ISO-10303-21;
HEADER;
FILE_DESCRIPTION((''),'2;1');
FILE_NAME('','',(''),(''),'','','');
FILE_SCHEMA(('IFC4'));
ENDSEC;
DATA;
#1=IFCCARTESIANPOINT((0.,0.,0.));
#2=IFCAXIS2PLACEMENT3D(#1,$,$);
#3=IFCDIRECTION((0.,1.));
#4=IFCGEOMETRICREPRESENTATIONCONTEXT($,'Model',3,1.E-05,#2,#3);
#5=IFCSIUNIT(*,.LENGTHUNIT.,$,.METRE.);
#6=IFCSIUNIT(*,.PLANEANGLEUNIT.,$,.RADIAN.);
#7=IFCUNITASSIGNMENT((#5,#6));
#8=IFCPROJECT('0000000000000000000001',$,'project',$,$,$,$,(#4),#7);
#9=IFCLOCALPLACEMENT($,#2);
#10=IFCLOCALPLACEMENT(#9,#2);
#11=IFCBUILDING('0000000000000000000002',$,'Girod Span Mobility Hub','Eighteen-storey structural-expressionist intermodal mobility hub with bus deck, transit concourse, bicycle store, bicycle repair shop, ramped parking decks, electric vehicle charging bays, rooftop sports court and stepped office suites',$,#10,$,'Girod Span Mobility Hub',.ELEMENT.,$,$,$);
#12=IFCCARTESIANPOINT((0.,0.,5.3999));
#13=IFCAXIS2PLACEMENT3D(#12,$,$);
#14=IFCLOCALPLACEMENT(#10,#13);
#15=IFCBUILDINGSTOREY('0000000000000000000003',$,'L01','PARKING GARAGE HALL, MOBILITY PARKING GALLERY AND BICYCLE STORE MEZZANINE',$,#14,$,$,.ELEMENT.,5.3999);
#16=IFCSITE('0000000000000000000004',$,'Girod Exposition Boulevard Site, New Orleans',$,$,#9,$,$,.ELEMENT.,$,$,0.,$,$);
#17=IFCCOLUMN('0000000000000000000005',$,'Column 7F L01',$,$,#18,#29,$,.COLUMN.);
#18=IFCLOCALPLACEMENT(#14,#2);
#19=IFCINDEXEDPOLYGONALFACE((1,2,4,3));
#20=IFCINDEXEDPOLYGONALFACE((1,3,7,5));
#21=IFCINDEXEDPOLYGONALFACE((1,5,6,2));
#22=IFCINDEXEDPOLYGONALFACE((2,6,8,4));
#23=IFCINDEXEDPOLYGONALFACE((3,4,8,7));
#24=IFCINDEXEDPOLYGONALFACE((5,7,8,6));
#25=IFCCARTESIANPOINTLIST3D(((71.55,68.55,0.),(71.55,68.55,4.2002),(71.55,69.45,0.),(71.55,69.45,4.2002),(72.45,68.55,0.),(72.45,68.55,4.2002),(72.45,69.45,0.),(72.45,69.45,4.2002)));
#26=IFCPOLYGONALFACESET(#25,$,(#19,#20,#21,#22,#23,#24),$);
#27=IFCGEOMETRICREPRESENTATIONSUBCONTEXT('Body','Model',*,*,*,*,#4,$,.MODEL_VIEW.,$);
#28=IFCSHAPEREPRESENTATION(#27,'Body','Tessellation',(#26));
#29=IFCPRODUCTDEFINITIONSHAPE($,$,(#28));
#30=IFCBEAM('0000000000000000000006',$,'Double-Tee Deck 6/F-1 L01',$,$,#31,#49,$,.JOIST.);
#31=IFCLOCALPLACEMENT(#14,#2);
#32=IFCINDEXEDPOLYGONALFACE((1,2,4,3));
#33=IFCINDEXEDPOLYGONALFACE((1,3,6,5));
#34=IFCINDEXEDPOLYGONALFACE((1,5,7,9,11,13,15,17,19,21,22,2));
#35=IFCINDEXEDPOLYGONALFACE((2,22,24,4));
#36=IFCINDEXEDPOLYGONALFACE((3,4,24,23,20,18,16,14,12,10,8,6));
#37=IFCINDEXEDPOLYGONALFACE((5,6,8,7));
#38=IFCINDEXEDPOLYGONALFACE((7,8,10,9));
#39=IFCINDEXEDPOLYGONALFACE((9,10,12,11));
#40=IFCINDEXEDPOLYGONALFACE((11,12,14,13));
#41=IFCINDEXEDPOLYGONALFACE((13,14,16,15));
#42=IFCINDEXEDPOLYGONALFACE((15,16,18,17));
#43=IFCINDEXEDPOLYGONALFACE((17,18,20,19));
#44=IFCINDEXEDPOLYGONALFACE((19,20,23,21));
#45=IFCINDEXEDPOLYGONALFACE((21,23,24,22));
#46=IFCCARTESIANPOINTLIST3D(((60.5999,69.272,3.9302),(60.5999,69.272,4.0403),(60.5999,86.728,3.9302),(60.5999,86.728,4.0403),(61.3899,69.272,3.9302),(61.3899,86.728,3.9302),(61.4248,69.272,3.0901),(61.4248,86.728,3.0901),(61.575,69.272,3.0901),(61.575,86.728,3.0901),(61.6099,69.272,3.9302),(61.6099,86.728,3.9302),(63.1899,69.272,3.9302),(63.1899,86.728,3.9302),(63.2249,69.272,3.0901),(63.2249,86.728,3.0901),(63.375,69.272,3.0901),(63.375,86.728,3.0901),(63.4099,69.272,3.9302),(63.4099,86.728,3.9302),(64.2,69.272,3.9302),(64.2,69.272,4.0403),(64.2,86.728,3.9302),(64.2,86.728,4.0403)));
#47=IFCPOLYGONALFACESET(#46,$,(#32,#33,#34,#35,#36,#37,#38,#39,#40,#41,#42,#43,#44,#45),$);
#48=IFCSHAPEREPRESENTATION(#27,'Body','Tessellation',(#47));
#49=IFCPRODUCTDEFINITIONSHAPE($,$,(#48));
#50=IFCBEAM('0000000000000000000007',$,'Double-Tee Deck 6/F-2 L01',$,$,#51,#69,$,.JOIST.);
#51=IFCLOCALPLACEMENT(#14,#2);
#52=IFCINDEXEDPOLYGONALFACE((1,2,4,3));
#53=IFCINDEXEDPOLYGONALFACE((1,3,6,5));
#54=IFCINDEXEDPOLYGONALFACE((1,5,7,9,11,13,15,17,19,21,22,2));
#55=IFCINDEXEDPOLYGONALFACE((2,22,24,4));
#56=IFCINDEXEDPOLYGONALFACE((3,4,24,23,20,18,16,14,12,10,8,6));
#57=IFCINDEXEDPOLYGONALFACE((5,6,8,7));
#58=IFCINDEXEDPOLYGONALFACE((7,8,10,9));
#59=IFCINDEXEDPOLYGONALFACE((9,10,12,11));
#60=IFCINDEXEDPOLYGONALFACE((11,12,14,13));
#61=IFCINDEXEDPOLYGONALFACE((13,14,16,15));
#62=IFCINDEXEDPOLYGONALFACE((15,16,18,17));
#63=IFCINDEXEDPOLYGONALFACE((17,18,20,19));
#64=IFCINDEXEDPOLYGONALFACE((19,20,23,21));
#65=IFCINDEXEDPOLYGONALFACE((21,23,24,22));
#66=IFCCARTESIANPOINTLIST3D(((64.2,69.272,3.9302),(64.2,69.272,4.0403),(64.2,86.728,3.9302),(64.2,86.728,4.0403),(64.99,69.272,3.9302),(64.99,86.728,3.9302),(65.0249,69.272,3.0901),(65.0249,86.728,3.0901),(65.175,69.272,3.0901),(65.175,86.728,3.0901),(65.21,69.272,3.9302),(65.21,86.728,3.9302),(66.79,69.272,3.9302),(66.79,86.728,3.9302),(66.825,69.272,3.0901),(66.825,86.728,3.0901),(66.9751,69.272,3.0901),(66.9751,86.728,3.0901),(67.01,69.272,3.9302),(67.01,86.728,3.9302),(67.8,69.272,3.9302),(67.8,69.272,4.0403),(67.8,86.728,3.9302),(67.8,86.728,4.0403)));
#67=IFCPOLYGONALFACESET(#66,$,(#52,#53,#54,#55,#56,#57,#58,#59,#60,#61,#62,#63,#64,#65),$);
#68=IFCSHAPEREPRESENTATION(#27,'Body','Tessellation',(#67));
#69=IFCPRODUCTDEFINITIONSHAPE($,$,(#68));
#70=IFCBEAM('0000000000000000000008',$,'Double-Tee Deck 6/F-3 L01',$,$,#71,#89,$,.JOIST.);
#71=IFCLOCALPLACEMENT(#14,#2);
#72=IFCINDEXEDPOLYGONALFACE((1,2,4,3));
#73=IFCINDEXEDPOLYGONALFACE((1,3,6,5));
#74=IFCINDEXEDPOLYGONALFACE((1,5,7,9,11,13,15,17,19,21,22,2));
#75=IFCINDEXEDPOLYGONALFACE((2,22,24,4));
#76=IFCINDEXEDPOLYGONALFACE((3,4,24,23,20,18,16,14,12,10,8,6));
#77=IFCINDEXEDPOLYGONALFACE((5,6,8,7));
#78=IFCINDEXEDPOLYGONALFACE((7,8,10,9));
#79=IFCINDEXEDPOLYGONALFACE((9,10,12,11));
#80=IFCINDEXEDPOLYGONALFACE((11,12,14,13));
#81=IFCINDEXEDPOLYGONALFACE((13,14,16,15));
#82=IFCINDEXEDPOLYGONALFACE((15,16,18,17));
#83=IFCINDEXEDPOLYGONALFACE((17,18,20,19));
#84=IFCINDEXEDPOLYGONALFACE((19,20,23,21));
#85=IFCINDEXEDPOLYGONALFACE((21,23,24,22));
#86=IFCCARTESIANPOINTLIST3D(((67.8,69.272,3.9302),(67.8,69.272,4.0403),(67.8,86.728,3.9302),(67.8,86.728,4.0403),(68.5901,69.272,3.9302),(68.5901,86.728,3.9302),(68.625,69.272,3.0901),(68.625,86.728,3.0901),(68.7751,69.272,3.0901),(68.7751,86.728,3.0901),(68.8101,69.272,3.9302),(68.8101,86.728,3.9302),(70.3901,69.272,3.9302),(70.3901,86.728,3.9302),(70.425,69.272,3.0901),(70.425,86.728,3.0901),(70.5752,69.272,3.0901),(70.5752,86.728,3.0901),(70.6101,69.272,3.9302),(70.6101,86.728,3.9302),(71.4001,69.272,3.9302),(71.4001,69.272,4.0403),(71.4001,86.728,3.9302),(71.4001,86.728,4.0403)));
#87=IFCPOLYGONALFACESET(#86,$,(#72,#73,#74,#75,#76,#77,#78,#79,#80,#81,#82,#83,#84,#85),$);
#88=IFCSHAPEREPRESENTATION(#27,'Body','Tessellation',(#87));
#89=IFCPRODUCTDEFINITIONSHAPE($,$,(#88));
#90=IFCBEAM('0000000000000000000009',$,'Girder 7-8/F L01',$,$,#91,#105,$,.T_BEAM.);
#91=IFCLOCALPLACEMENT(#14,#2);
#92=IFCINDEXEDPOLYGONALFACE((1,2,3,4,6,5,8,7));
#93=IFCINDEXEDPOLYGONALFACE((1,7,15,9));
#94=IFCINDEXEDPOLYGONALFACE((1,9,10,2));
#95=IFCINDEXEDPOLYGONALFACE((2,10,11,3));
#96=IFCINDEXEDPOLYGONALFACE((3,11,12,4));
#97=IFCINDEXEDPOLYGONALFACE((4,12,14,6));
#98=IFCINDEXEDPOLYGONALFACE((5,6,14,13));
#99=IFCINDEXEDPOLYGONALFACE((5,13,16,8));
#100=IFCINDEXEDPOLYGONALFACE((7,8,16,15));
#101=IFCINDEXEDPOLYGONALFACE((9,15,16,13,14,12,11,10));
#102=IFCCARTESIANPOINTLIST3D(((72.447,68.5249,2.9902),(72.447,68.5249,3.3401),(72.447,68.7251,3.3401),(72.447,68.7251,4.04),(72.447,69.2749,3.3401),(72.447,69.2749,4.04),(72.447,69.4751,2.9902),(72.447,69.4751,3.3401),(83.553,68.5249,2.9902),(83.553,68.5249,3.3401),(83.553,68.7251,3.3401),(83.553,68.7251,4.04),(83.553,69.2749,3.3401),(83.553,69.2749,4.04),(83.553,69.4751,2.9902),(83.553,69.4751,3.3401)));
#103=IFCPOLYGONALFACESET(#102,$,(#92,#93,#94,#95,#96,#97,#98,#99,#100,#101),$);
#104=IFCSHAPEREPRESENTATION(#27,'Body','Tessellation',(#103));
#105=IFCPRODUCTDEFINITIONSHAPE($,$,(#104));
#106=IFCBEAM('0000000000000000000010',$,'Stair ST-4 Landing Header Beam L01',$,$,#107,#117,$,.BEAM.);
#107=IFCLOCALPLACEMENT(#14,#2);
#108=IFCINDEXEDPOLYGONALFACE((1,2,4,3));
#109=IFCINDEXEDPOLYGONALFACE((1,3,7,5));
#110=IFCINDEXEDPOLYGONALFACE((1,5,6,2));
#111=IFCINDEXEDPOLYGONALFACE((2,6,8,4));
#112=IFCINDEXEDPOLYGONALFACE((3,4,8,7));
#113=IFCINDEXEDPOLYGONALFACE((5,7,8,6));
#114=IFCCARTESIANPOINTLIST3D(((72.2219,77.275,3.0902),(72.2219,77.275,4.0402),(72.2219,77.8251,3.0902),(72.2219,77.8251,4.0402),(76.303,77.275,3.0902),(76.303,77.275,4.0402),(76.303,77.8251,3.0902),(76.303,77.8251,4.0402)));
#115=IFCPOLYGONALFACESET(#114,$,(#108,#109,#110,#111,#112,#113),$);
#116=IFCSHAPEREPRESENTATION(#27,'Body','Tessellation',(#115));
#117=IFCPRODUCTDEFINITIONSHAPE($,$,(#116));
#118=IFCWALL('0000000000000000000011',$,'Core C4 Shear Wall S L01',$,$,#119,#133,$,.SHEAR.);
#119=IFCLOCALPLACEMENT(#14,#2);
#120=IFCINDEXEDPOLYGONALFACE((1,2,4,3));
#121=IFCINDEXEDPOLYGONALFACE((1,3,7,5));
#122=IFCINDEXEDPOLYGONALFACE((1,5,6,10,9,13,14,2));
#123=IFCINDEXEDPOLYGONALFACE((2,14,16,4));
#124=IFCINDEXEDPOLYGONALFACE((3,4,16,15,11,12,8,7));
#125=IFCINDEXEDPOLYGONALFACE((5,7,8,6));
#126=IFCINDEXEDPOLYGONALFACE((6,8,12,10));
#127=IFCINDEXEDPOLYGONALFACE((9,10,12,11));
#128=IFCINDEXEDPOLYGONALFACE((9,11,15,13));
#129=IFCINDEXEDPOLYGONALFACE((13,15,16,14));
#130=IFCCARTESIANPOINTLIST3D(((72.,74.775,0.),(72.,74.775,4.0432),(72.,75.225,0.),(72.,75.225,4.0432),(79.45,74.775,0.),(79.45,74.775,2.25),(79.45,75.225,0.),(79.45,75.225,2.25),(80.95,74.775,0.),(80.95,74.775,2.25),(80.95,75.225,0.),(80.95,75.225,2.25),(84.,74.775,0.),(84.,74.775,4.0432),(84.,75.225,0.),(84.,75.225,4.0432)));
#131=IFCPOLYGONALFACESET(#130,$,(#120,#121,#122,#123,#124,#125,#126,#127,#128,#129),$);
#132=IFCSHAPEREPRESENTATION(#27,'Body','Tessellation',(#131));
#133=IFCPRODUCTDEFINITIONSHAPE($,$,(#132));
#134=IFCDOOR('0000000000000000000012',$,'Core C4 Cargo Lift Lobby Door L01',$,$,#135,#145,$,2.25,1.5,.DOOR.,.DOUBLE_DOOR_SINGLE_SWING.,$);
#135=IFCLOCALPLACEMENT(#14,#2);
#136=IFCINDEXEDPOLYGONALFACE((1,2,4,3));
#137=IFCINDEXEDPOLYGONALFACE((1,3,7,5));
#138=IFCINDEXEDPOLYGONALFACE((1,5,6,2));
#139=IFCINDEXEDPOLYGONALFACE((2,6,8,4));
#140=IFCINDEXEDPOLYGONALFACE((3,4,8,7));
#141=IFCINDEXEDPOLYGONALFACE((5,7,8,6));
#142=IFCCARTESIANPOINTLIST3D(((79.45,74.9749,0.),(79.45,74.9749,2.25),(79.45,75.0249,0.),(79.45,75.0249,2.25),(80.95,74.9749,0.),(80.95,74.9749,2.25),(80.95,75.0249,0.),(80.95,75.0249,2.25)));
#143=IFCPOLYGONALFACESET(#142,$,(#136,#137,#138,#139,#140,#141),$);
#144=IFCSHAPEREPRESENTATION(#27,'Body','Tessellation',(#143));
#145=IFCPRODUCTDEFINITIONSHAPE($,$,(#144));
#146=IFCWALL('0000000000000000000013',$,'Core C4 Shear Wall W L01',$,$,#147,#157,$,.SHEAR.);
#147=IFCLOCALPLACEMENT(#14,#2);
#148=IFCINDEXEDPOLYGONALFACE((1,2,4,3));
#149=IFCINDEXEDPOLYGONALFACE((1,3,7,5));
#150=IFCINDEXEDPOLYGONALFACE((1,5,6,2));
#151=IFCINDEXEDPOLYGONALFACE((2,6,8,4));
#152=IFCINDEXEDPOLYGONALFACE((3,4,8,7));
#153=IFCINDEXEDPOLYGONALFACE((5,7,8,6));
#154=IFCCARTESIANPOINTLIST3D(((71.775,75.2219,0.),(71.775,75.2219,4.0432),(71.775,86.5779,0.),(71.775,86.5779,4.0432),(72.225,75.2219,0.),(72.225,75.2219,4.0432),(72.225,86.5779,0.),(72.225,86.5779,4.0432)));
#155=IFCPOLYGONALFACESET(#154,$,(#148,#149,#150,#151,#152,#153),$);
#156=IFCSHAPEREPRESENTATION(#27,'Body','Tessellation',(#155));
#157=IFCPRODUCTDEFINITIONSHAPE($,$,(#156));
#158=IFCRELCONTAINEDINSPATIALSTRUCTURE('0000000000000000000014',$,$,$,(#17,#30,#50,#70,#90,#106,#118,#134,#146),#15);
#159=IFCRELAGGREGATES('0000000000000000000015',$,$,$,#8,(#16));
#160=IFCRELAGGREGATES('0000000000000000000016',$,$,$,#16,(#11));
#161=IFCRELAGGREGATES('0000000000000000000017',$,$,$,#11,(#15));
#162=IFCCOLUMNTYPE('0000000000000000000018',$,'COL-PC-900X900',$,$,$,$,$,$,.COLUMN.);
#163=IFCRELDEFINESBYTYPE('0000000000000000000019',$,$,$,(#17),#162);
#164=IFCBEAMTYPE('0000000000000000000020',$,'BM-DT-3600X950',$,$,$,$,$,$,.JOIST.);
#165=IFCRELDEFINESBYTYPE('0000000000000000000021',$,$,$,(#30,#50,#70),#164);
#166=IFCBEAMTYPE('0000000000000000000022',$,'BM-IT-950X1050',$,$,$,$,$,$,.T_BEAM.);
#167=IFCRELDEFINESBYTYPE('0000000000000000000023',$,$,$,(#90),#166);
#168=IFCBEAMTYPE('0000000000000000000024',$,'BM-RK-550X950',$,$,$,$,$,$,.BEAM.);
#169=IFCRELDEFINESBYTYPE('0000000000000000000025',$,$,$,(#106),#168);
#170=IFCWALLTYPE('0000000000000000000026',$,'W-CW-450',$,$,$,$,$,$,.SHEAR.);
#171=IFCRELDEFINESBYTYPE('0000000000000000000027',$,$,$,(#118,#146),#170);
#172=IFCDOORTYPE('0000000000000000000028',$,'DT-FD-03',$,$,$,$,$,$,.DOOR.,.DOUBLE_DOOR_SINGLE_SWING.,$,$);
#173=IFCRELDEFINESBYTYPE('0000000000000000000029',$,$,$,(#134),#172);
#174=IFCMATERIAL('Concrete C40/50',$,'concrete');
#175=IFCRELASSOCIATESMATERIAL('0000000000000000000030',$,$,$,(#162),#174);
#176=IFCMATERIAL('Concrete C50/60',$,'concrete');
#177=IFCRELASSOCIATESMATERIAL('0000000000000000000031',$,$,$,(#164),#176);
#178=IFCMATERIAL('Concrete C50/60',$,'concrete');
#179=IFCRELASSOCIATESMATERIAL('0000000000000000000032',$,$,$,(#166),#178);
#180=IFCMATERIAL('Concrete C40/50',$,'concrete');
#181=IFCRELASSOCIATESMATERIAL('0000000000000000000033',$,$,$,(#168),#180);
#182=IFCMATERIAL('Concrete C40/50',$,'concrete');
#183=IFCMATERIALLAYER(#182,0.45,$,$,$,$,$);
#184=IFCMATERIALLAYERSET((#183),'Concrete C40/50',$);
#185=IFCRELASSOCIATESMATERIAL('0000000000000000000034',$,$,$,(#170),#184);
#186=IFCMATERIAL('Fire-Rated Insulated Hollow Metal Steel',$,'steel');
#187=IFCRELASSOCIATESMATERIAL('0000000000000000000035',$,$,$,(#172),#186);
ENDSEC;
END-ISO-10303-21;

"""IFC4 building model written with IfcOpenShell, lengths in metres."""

from ifc_helpers import new_model, si_unit, direction, frame, frame_2d, origin, origin_2d, place, context, subcontext, project, spatial, polyline, rectangle, outline, extrude, material, layer, layer_set, material_profile, profile_set, type_object, element, fill, save


model = new_model("IFC4")

# Units and contexts
model_context = context("Model", 3, precision=1e-05, world=origin(), true_north=direction((0.0, 1.0)))
body_context = subcontext(model_context, "Body", "Model", "MODEL_VIEW")
ifc_project = project(units=[si_unit("LENGTHUNIT", "METRE"), si_unit("PLANEANGLEUNIT", "RADIAN")], contexts=[model_context])

# Site, building, storey
site_placement = place(None, origin())
site = spatial("IfcSite", under=ifc_project, at=site_placement, Name="Girod Exposition Boulevard Site, New Orleans", CompositionType="ELEMENT", RefElevation=0.0)
building_placement = place(site_placement, origin())
building = spatial("IfcBuilding", under=site, at=building_placement, Name="Girod Span Mobility Hub", Description="Eighteen-storey structural-expressionist intermodal mobility hub with bus deck, transit concourse, bicycle store, bicycle repair shop, ramped parking decks, electric vehicle charging bays, rooftop sports court and stepped office suites", LongName="Girod Span Mobility Hub", CompositionType="ELEMENT")
storey_placement = place(building_placement, frame((0.0, 0.0, 5.3999)))
storey = spatial("IfcBuildingStorey", under=building, at=storey_placement, Name="L01", Description="PARKING GARAGE HALL, MOBILITY PARKING GALLERY AND BICYCLE STORE MEZZANINE", CompositionType="ELEMENT", Elevation=5.3999)

# Column
ifc_material_1 = material(Name="Concrete C40/50", Category="concrete")
ifc_material_profile_1 = material_profile(ifc_material_1, rectangle(XDim=0.8999, YDim=0.8999, at=origin_2d()), Name="PC-COL-900X900")
ifc_profile_set_1 = profile_set([ifc_material_profile_1], Name="Concrete C40/50")
column_type = type_object("IfcColumnType", Name="COL-PC-900X900", PredefinedType="COLUMN", material=ifc_profile_set_1)
column_placement = place(storey_placement, frame((72.0, 69.0, 0.0), z_axis=(0.0, 0.0, 1.0), x_axis=(1.0, 0.0, 0.0)))
element("IfcColumn", 1, at=column_placement, inside=storey, type_object=column_type, Name="Column 7F L01", PredefinedType="COLUMN", context=body_context, shape_type="SweptSolid", body=[
    extrude(rectangle(XDim=0.8999, YDim=0.8999, at=origin_2d()), origin(), (0.0, 0.0, 1.0), 4.2002),
])

# Beams
ifc_material_2 = material(Name="Concrete C50/60", Category="concrete")
ifc_material_profile_2 = material_profile(ifc_material_2, outline(polyline([(-1.8, 0.4751), (-1.8, 0.365), (-1.01, 0.365), (-0.9751, -0.4751), (-0.825, -0.4751), (-0.79, 0.365), (0.79, 0.365), (0.825, -0.4751), (0.9751, -0.4751), (1.01, 0.365), (1.8, 0.365), (1.8, 0.4751), (-1.8, 0.4751)])), Name="DT-3600X950")
ifc_profile_set_2 = profile_set([ifc_material_profile_2], Name="Concrete C50/60")
beam_type_1 = type_object("IfcBeamType", Name="BM-DT-3600X950", PredefinedType="JOIST", material=ifc_profile_set_2)
for number, where, z_axis, x_axis, name in (
    (2, (62.3999, 69.272, 3.5652), (0.0, 1.0, 0.0), (-1.0, 0.0, 0.0), "Double-Tee Deck 6/F-1 L01"),
    (3, (66.0, 69.272, 3.5652), (0.0, 1.0, 0.0), (-1.0, 0.0, 0.0), "Double-Tee Deck 6/F-2 L01"),
    (4, (69.6001, 69.272, 3.5652), (0.0, 1.0, 0.0), (-1.0, 0.0, 0.0), "Double-Tee Deck 6/F-3 L01"),
):
    element("IfcBeam", number, at=place(storey_placement, frame(where, z_axis=z_axis, x_axis=x_axis)), inside=storey, type_object=beam_type_1, Name=name, PredefinedType="JOIST", context=body_context, shape_type="SweptSolid", body=[
        extrude(outline(polyline([(-1.8, 0.4751), (-1.8, 0.365), (-1.01, 0.365), (-0.9751, -0.4751), (-0.825, -0.4751), (-0.79, 0.365), (0.79, 0.365), (0.825, -0.4751), (0.9751, -0.4751), (1.01, 0.365), (1.8, 0.365), (1.8, 0.4751), (-1.8, 0.4751)])), origin(), (0.0, 0.0, 1.0), 17.4561),
    ])
ifc_material_3 = material(Name="Concrete C50/60", Category="concrete")
ifc_material_profile_3 = material_profile(ifc_material_3, outline(polyline([(-0.4751, -0.5249), (0.4751, -0.5249), (0.4751, -0.175), (0.2749, -0.175), (0.2749, 0.5249), (-0.2749, 0.5249), (-0.2749, -0.175), (-0.4751, -0.175), (-0.4751, -0.5249)])), Name="IT-950X1050")
ifc_profile_set_3 = profile_set([ifc_material_profile_3], Name="Concrete C50/60")
beam_type_2 = type_object("IfcBeamType", Name="BM-IT-950X1050", PredefinedType="T_BEAM", material=ifc_profile_set_3)
beam_1_placement = place(storey_placement, frame((72.447, 69.0, 3.5151), z_axis=(1.0, 0.0, 0.0), x_axis=(0.0, 1.0, 0.0)))
element("IfcBeam", 5, at=beam_1_placement, inside=storey, type_object=beam_type_2, Name="Girder 7-8/F L01", PredefinedType="T_BEAM", context=body_context, shape_type="SweptSolid", body=[
    extrude(outline(polyline([(-0.4751, -0.5249), (0.4751, -0.5249), (0.4751, -0.175), (0.2749, -0.175), (0.2749, 0.5249), (-0.2749, 0.5249), (-0.2749, -0.175), (-0.4751, -0.175), (-0.4751, -0.5249)])), origin(), (0.0, 0.0, 1.0), 11.106),
])
ifc_material_4 = material(Name="Concrete C40/50", Category="concrete")
ifc_material_profile_4 = material_profile(ifc_material_4, rectangle(XDim=0.55, YDim=0.95, at=origin_2d()), Name="RK-550X950")
ifc_profile_set_4 = profile_set([ifc_material_profile_4], Name="Concrete C40/50")
beam_type_3 = type_object("IfcBeamType", Name="BM-RK-550X950", PredefinedType="BEAM", material=ifc_profile_set_4)
beam_2_placement = place(storey_placement, frame((72.2219, 77.55, 3.5652), z_axis=(1.0, 0.0, 0.0), x_axis=(0.0, 1.0, 0.0)))
element("IfcBeam", 6, at=beam_2_placement, inside=storey, type_object=beam_type_3, Name="Stair ST-4 Landing Header Beam L01", PredefinedType="BEAM", context=body_context, shape_type="SweptSolid", body=[
    extrude(rectangle(XDim=0.55, YDim=0.95, at=origin_2d()), origin(), (0.0, 0.0, 1.0), 4.0811),
])

# Wall, opening, door
ifc_material_5 = material(Name="Concrete C40/50", Category="concrete")
ifc_layer_1 = layer(ifc_material_5, 0.45)
ifc_layer_set_1 = layer_set([ifc_layer_1], Name="Concrete C40/50")
wall_type_1 = type_object("IfcWallType", Name="W-CW-450", PredefinedType="SHEAR", material=ifc_layer_set_1)
wall_1_placement = place(storey_placement, frame((72.0, 75.0, 0.0), z_axis=(0.0, 0.0, 1.0), x_axis=(1.0, 0.0, 0.0)))
wall_1 = element("IfcWall", 7, at=wall_1_placement, inside=storey, type_object=wall_type_1, Name="Core C4 Shear Wall S L01", PredefinedType="SHEAR", context=body_context, shape_type="SweptSolid", body=[
    extrude(rectangle(XDim=12.0, YDim=0.45, at=frame_2d((6.0, 0.0))), origin(), (0.0, 0.0, 1.0), 4.0432),
])
opening_1_placement = place(wall_1_placement, frame((7.45, 0.0, 0.0)))
opening_1 = element("IfcOpeningElement", 8, at=opening_1_placement, cuts=wall_1, PredefinedType="OPENING", context=body_context, shape_type="SweptSolid", body=[
    extrude(rectangle(XDim=1.5, YDim=2.25, at=frame_2d((0.75, 1.125))), frame((0.0, 0.24, 0.0), z_axis=(0.0, -1.0, 0.0), x_axis=(1.0, 0.0, 0.0)), (0.0, 0.0, 1.0), 0.48),
])
ifc_material_6 = material(Name="Fire-Rated Insulated Hollow Metal Steel", Category="steel")
door_type_1 = type_object("IfcDoorType", Name="DT-FD-03", OperationType="DOUBLE_DOOR_SINGLE_SWING", PredefinedType="DOOR", material=ifc_material_6)
door_1_placement = place(opening_1_placement, origin())
door_1 = element("IfcDoor", 9, at=door_1_placement, inside=storey, type_object=door_type_1, Name="Core C4 Cargo Lift Lobby Door L01", OperationType="DOUBLE_DOOR_SINGLE_SWING", OverallHeight=2.25, OverallWidth=1.5, PredefinedType="DOOR", context=body_context, shape_type="SweptSolid", body=[
    extrude(rectangle(XDim=1.5, YDim=2.25, at=frame_2d((0.75, 1.125))), frame((0.0, 0.0249, 0.0), z_axis=(0.0, -1.0, 0.0), x_axis=(1.0, 0.0, 0.0)), (0.0, 0.0, 1.0), 0.05),
])
fill(opening_1, door_1)

# Wall
wall_2_placement = place(storey_placement, frame((72.0, 75.2219, 0.0), z_axis=(0.0, 0.0, 1.0), x_axis=(0.0, 1.0, 0.0)))
element("IfcWall", 10, at=wall_2_placement, inside=storey, type_object=wall_type_1, Name="Core C4 Shear Wall W L01", PredefinedType="SHEAR", context=body_context, shape_type="SweptSolid", body=[
    extrude(rectangle(XDim=11.356, YDim=0.45, at=frame_2d((5.678, 0.0))), origin(), (0.0, 0.0, 1.0), 4.0432),
])

save(model, "model.ifc")
